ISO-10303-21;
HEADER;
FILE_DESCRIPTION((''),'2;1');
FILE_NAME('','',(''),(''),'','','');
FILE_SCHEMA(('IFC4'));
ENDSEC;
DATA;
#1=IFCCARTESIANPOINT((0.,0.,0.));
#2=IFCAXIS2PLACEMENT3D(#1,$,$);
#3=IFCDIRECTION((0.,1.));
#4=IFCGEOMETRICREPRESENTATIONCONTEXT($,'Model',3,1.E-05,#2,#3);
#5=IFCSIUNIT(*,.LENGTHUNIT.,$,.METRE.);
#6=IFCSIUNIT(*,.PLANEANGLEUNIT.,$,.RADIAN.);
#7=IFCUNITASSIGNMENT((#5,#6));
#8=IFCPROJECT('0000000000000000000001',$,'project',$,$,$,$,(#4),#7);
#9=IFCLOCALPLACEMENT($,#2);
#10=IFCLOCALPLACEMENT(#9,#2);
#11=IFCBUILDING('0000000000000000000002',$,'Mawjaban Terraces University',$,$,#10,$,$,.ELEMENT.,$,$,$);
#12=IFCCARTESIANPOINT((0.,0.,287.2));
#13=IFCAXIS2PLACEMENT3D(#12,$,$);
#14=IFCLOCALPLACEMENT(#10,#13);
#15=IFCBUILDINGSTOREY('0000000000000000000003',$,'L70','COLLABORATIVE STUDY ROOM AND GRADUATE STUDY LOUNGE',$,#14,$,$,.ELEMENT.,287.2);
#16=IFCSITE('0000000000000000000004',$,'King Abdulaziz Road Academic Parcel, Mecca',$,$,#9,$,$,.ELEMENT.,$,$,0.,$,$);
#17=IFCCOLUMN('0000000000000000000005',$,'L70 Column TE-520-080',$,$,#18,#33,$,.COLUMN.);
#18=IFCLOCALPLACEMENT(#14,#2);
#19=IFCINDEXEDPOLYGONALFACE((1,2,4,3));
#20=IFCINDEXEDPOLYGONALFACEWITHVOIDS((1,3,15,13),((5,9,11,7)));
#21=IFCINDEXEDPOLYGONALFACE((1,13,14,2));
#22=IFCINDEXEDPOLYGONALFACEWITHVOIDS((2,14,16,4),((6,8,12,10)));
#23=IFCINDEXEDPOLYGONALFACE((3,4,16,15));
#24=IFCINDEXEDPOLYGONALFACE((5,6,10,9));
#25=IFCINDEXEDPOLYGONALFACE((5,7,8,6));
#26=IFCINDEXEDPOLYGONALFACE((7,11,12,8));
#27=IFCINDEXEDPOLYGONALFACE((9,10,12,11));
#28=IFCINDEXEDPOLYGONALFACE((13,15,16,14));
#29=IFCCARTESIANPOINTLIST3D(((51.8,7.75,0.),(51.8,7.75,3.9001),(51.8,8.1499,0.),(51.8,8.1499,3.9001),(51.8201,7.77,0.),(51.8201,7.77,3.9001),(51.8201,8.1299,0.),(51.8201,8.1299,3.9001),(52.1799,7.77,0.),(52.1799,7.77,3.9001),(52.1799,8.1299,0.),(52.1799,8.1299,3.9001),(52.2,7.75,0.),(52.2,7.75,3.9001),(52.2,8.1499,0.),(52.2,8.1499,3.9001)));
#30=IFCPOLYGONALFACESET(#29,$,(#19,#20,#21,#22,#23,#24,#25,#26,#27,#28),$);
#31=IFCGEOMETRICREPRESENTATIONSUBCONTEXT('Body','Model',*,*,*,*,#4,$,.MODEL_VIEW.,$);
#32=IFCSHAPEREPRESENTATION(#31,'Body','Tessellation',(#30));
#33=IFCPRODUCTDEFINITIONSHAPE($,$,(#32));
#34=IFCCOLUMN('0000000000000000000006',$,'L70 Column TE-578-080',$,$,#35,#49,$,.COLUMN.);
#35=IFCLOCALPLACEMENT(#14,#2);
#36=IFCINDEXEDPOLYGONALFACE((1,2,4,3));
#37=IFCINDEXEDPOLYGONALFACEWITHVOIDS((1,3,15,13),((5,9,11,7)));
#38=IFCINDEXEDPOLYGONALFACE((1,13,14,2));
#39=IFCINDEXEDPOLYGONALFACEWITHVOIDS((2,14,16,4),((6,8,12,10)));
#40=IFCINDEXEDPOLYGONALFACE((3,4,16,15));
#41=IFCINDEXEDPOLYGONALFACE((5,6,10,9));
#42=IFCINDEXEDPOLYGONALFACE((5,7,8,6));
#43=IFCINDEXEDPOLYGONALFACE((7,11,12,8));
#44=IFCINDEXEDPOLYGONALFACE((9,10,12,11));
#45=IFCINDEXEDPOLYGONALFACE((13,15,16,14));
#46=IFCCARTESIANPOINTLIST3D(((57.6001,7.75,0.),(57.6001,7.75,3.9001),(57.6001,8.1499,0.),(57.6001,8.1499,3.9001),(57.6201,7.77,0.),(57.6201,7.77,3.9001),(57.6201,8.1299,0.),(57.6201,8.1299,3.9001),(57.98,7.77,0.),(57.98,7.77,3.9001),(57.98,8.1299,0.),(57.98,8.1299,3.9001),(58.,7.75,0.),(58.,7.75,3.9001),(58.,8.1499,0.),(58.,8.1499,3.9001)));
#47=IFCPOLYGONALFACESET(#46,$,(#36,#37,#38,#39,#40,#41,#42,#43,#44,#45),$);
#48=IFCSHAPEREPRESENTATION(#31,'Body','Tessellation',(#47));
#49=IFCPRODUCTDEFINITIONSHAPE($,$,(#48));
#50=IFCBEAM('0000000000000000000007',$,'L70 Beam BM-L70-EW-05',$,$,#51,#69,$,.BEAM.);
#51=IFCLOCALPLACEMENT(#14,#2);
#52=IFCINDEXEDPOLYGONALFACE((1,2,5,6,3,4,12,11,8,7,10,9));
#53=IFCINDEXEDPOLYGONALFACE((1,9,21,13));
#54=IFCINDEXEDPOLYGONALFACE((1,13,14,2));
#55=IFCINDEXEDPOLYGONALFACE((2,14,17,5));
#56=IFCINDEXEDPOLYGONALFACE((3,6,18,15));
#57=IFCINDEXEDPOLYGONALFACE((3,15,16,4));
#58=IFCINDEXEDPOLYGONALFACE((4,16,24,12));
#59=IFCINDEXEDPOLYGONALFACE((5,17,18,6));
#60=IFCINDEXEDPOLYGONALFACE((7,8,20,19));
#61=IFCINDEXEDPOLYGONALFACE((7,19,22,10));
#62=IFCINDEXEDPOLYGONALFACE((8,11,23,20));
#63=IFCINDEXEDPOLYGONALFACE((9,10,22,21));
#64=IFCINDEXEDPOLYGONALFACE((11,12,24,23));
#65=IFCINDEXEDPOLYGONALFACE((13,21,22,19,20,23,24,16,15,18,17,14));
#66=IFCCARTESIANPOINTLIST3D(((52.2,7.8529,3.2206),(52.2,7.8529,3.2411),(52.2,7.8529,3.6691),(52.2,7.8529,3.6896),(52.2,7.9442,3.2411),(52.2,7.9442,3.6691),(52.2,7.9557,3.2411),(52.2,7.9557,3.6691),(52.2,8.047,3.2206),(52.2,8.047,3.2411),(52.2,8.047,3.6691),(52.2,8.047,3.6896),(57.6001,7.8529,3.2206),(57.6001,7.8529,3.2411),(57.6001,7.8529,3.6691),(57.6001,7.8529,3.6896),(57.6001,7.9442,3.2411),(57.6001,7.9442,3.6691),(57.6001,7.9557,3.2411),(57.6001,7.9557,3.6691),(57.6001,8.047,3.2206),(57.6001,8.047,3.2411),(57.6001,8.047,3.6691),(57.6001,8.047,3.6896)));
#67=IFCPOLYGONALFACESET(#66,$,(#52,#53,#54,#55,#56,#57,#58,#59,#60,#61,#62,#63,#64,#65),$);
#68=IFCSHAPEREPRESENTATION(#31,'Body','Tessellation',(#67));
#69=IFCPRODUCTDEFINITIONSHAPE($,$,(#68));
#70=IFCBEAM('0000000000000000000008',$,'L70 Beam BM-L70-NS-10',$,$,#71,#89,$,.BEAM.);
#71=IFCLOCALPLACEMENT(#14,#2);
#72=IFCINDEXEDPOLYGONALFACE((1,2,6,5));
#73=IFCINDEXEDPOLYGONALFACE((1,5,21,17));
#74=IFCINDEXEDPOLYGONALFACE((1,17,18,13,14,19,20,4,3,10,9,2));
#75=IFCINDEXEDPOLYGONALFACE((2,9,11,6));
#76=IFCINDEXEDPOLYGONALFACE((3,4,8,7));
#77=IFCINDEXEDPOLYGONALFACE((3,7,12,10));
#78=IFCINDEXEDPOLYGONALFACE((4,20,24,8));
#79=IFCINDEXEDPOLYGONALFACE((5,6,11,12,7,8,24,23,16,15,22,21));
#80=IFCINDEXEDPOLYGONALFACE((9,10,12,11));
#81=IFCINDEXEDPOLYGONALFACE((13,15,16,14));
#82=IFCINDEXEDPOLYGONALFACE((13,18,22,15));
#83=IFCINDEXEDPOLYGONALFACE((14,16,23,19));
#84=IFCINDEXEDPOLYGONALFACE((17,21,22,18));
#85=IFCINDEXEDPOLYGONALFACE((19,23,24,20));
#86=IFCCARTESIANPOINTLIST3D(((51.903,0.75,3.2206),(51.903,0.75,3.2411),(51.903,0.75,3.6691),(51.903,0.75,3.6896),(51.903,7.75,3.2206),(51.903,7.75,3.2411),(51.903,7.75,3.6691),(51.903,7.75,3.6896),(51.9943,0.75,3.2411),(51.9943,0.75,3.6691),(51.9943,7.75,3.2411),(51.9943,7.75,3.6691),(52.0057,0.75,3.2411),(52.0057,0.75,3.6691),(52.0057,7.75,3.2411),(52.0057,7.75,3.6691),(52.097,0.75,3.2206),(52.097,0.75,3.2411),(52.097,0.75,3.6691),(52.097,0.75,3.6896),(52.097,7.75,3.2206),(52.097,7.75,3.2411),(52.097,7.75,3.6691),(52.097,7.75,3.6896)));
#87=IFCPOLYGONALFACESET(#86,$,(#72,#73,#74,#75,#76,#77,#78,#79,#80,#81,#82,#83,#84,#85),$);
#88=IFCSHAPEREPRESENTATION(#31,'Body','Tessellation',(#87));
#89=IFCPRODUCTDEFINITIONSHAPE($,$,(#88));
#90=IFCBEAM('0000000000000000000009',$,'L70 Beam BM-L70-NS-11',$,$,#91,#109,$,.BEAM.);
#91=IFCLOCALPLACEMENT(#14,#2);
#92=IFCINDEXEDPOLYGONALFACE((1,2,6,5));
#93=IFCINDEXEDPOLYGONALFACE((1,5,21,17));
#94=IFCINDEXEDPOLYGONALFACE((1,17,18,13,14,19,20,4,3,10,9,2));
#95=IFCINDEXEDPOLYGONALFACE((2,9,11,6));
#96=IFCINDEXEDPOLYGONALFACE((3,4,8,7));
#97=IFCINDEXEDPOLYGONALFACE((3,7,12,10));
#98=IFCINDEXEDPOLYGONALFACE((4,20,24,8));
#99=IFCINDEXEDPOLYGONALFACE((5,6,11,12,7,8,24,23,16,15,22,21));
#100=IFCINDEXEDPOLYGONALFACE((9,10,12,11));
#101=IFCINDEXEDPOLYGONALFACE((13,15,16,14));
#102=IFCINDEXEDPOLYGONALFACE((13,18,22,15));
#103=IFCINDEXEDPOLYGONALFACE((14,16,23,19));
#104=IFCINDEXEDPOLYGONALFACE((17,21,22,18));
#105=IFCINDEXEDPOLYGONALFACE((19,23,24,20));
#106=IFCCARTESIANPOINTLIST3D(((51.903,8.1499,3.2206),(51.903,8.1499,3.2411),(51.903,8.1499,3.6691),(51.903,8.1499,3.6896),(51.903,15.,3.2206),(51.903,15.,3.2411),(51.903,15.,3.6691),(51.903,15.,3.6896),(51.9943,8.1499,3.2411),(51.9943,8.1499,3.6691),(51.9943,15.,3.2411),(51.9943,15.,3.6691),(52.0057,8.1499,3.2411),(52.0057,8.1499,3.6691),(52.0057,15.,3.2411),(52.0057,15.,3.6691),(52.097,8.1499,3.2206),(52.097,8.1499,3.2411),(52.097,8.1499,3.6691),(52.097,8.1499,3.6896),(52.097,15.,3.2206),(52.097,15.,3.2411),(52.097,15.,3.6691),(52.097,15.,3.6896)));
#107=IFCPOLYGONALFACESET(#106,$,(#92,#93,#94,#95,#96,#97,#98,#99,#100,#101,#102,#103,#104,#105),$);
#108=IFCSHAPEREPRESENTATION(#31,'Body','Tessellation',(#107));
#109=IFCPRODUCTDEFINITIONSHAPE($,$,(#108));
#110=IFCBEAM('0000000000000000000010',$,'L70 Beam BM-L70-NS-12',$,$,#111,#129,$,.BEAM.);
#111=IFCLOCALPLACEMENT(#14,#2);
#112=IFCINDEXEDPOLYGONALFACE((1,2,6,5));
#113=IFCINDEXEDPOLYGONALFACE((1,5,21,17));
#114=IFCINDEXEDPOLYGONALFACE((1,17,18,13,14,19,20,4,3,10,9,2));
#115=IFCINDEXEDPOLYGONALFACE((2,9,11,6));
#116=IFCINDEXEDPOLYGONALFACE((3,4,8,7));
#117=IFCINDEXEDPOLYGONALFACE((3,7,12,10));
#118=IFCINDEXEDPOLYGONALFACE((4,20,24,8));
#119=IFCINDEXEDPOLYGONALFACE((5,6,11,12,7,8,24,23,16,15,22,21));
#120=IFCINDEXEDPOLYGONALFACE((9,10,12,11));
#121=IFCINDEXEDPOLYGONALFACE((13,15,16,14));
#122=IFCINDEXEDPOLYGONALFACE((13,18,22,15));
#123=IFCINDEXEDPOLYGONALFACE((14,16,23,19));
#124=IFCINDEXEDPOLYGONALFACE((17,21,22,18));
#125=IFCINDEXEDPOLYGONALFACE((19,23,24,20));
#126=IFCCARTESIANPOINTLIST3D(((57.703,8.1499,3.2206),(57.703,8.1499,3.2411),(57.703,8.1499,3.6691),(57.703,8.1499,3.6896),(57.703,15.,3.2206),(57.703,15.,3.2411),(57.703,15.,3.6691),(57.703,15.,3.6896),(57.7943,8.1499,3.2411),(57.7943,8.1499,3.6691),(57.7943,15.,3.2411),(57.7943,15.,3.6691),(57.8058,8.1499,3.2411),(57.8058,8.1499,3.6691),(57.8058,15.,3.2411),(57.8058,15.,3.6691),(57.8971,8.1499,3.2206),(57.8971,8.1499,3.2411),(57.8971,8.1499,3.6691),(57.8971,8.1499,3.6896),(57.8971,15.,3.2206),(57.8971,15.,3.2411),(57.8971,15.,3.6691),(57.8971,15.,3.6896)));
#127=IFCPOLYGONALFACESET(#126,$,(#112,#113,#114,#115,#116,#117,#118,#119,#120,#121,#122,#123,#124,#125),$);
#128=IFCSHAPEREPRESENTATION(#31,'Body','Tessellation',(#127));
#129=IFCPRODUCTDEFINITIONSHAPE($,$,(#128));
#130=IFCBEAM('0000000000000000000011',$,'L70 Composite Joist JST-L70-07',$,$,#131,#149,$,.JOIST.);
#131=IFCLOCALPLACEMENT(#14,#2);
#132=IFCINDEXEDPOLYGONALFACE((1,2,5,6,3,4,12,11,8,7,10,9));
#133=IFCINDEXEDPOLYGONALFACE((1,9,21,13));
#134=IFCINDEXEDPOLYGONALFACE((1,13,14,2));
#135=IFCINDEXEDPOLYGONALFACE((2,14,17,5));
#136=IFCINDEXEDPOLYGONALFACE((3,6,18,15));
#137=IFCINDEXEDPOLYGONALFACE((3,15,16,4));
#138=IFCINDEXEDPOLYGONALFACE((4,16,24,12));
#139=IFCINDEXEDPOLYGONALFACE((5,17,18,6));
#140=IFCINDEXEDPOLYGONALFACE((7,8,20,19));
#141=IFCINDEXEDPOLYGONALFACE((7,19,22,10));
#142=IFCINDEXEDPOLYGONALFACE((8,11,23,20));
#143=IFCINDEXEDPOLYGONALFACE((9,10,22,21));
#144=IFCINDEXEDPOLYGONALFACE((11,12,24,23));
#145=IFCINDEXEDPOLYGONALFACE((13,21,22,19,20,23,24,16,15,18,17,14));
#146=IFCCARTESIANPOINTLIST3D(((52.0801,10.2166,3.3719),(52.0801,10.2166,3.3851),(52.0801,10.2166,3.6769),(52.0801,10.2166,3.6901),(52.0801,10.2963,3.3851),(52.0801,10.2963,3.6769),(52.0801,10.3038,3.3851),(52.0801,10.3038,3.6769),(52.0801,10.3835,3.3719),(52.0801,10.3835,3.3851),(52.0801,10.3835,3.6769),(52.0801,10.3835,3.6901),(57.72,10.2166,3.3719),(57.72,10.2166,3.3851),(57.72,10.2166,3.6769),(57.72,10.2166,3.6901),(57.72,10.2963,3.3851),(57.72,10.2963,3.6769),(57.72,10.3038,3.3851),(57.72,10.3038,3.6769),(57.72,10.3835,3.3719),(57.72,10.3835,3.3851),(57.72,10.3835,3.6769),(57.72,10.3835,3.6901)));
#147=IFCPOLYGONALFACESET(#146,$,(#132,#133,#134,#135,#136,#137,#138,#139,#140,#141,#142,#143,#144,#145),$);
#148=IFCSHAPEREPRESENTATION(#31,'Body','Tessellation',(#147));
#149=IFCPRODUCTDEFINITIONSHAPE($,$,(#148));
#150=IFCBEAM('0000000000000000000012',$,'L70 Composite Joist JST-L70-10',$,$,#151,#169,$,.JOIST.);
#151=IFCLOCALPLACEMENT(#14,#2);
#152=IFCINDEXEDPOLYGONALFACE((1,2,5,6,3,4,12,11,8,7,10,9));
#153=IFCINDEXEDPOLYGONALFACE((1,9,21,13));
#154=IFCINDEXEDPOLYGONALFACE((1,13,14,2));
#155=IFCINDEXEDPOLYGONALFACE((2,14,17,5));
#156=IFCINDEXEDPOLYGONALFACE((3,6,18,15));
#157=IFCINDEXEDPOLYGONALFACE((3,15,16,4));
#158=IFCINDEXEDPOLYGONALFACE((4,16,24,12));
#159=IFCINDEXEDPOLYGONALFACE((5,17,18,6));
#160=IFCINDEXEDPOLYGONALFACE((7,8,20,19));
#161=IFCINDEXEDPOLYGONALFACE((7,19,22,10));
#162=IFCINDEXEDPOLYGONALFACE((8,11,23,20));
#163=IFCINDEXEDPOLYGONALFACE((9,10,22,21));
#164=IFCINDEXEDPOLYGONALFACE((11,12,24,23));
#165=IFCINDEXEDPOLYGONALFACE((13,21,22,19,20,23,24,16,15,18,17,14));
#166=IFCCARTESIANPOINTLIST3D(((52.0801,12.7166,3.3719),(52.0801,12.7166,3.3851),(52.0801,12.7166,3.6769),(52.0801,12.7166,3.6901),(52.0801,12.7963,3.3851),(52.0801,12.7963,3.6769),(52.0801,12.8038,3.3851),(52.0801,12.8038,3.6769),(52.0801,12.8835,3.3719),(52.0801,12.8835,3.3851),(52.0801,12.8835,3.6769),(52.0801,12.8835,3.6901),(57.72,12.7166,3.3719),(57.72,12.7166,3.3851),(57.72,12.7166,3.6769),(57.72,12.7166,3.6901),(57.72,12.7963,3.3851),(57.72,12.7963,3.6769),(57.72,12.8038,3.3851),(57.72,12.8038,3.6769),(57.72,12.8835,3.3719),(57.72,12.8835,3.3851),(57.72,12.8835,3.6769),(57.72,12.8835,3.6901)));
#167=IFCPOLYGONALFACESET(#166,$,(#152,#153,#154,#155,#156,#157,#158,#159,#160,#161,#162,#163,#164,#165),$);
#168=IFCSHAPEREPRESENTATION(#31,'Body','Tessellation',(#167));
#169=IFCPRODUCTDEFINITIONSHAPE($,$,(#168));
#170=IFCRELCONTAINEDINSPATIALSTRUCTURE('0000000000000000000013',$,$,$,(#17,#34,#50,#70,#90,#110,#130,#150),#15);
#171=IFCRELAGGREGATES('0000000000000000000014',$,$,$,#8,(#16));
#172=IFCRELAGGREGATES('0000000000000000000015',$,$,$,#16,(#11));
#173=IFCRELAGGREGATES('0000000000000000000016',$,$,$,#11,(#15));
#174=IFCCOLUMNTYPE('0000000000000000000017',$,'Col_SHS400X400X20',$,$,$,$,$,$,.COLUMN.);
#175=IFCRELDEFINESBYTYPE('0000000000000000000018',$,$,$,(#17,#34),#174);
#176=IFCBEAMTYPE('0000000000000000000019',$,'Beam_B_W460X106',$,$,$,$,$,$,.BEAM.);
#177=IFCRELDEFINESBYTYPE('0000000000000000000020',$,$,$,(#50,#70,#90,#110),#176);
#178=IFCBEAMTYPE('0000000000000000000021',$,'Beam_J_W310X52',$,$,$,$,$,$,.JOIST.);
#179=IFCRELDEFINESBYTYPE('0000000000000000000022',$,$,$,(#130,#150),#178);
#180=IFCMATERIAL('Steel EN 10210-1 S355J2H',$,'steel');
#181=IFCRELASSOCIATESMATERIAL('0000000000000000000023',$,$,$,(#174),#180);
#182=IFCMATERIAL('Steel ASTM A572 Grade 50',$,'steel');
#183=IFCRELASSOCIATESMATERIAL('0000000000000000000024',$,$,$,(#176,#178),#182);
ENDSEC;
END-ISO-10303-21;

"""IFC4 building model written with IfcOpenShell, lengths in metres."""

from ifc_helpers import new_model, si_unit, direction, frame, origin, origin_2d, place, context, subcontext, project, spatial, hollow_rectangle, i_section, extrude, material, material_profile, profile_set, type_object, element, save


model = new_model("IFC4")

# Units and contexts
model_context = context("Model", 3, precision=1e-05, world=origin(), true_north=direction((0.0, 1.0)))
body_context = subcontext(model_context, "Body", "Model", "MODEL_VIEW")
ifc_project = project(units=[si_unit("LENGTHUNIT", "METRE"), si_unit("PLANEANGLEUNIT", "RADIAN")], contexts=[model_context])

# Site, building, storey
site_placement = place(None, origin())
site = spatial("IfcSite", under=ifc_project, at=site_placement, Name="King Abdulaziz Road Academic Parcel, Mecca", CompositionType="ELEMENT", RefElevation=0.0)
building_placement = place(site_placement, origin())
building = spatial("IfcBuilding", under=site, at=building_placement, Name="Mawjaban Terraces University", CompositionType="ELEMENT")
storey_placement = place(building_placement, frame((0.0, 0.0, 287.2)))
storey = spatial("IfcBuildingStorey", under=building, at=storey_placement, Name="L70", Description="COLLABORATIVE STUDY ROOM AND GRADUATE STUDY LOUNGE", CompositionType="ELEMENT", Elevation=287.2)

# Columns
ifc_material_1 = material(Name="Steel EN 10210-1 S355J2H", Category="steel")
ifc_material_profile_1 = material_profile(ifc_material_1, hollow_rectangle(XDim=0.3999, YDim=0.3999, WallThickness=0.02, at=origin_2d()), Name="SHS400X400X20")
ifc_profile_set_1 = profile_set([ifc_material_profile_1], Name="Steel EN 10210-1 S355J2H")
column_type = type_object("IfcColumnType", Name="Col_SHS400X400X20", PredefinedType="COLUMN", material=ifc_profile_set_1)
for number, where, z_axis, x_axis, name in (
    (1, (52.0, 7.95, 0.0), (0.0, 0.0, 1.0), (1.0, 0.0, 0.0), "L70 Column TE-520-080"),
    (2, (57.8, 7.95, 0.0), (0.0, 0.0, 1.0), (1.0, 0.0, 0.0), "L70 Column TE-578-080"),
):
    element("IfcColumn", number, at=place(storey_placement, frame(where, z_axis=z_axis, x_axis=x_axis)), inside=storey, type_object=column_type, Name=name, PredefinedType="COLUMN", context=body_context, shape_type="SweptSolid", body=[
        extrude(hollow_rectangle(XDim=0.3999, YDim=0.3999, WallThickness=0.02, at=origin_2d()), origin(), (0.0, 0.0, 1.0), 3.9001),
    ])

# Beams
ifc_material_2 = material(Name="Steel ASTM A572 Grade 50", Category="steel")
ifc_material_profile_2 = material_profile(ifc_material_2, i_section(OverallWidth=0.1941, OverallDepth=0.469, WebThickness=0.0115, FlangeThickness=0.0205, at=origin_2d()), Name="W460X106")
ifc_profile_set_2 = profile_set([ifc_material_profile_2], Name="Steel ASTM A572 Grade 50")
beam_type_1 = type_object("IfcBeamType", Name="Beam_B_W460X106", PredefinedType="BEAM", material=ifc_profile_set_2)
beam_1_placement = place(storey_placement, frame((52.2, 7.95, 3.4551), z_axis=(1.0, 0.0, 0.0), x_axis=(0.0, 1.0, 0.0)))
element("IfcBeam", 3, at=beam_1_placement, inside=storey, type_object=beam_type_1, Name="L70 Beam BM-L70-EW-05", PredefinedType="BEAM", context=body_context, shape_type="SweptSolid", body=[
    extrude(i_section(OverallWidth=0.1941, OverallDepth=0.469, WebThickness=0.0115, FlangeThickness=0.0205, at=origin_2d()), origin(), (0.0, 0.0, 1.0), 5.4001),
])
beam_2_placement = place(storey_placement, frame((52.0, 0.75, 3.4551), z_axis=(0.0, 1.0, 0.0), x_axis=(-1.0, 0.0, 0.0)))
element("IfcBeam", 4, at=beam_2_placement, inside=storey, type_object=beam_type_1, Name="L70 Beam BM-L70-NS-10", PredefinedType="BEAM", context=body_context, shape_type="SweptSolid", body=[
    extrude(i_section(OverallWidth=0.1941, OverallDepth=0.469, WebThickness=0.0115, FlangeThickness=0.0205, at=origin_2d()), origin(), (0.0, 0.0, 1.0), 7.0),
])
for number, where, z_axis, x_axis, name in (
    (5, (52.0, 8.1499, 3.4551), (0.0, 1.0, 0.0), (-1.0, 0.0, 0.0), "L70 Beam BM-L70-NS-11"),
    (6, (57.8, 8.1499, 3.4551), (0.0, 1.0, 0.0), (-1.0, 0.0, 0.0), "L70 Beam BM-L70-NS-12"),
):
    element("IfcBeam", number, at=place(storey_placement, frame(where, z_axis=z_axis, x_axis=x_axis)), inside=storey, type_object=beam_type_1, Name=name, PredefinedType="BEAM", context=body_context, shape_type="SweptSolid", body=[
        extrude(i_section(OverallWidth=0.1941, OverallDepth=0.469, WebThickness=0.0115, FlangeThickness=0.0205, at=origin_2d()), origin(), (0.0, 0.0, 1.0), 6.8501),
    ])
ifc_material_profile_3 = material_profile(ifc_material_2, i_section(OverallWidth=0.167, OverallDepth=0.3181, WebThickness=0.0076, FlangeThickness=0.0132, at=origin_2d()), Name="W310X52")
ifc_profile_set_3 = profile_set([ifc_material_profile_3], Name="Steel ASTM A572 Grade 50")
beam_type_2 = type_object("IfcBeamType", Name="Beam_J_W310X52", PredefinedType="JOIST", material=ifc_profile_set_3)
for number, where, z_axis, x_axis, name in (
    (7, (52.0801, 10.3, 3.531), (1.0, 0.0, 0.0), (0.0, 1.0, 0.0), "L70 Composite Joist JST-L70-07"),
    (8, (52.0801, 12.8, 3.531), (1.0, 0.0, 0.0), (0.0, 1.0, 0.0), "L70 Composite Joist JST-L70-10"),
):
    element("IfcBeam", number, at=place(storey_placement, frame(where, z_axis=z_axis, x_axis=x_axis)), inside=storey, type_object=beam_type_2, Name=name, PredefinedType="JOIST", context=body_context, shape_type="SweptSolid", body=[
        extrude(i_section(OverallWidth=0.167, OverallDepth=0.3181, WebThickness=0.0076, FlangeThickness=0.0132, at=origin_2d()), origin(), (0.0, 0.0, 1.0), 5.6399),
    ])

save(model, "model.ifc")
